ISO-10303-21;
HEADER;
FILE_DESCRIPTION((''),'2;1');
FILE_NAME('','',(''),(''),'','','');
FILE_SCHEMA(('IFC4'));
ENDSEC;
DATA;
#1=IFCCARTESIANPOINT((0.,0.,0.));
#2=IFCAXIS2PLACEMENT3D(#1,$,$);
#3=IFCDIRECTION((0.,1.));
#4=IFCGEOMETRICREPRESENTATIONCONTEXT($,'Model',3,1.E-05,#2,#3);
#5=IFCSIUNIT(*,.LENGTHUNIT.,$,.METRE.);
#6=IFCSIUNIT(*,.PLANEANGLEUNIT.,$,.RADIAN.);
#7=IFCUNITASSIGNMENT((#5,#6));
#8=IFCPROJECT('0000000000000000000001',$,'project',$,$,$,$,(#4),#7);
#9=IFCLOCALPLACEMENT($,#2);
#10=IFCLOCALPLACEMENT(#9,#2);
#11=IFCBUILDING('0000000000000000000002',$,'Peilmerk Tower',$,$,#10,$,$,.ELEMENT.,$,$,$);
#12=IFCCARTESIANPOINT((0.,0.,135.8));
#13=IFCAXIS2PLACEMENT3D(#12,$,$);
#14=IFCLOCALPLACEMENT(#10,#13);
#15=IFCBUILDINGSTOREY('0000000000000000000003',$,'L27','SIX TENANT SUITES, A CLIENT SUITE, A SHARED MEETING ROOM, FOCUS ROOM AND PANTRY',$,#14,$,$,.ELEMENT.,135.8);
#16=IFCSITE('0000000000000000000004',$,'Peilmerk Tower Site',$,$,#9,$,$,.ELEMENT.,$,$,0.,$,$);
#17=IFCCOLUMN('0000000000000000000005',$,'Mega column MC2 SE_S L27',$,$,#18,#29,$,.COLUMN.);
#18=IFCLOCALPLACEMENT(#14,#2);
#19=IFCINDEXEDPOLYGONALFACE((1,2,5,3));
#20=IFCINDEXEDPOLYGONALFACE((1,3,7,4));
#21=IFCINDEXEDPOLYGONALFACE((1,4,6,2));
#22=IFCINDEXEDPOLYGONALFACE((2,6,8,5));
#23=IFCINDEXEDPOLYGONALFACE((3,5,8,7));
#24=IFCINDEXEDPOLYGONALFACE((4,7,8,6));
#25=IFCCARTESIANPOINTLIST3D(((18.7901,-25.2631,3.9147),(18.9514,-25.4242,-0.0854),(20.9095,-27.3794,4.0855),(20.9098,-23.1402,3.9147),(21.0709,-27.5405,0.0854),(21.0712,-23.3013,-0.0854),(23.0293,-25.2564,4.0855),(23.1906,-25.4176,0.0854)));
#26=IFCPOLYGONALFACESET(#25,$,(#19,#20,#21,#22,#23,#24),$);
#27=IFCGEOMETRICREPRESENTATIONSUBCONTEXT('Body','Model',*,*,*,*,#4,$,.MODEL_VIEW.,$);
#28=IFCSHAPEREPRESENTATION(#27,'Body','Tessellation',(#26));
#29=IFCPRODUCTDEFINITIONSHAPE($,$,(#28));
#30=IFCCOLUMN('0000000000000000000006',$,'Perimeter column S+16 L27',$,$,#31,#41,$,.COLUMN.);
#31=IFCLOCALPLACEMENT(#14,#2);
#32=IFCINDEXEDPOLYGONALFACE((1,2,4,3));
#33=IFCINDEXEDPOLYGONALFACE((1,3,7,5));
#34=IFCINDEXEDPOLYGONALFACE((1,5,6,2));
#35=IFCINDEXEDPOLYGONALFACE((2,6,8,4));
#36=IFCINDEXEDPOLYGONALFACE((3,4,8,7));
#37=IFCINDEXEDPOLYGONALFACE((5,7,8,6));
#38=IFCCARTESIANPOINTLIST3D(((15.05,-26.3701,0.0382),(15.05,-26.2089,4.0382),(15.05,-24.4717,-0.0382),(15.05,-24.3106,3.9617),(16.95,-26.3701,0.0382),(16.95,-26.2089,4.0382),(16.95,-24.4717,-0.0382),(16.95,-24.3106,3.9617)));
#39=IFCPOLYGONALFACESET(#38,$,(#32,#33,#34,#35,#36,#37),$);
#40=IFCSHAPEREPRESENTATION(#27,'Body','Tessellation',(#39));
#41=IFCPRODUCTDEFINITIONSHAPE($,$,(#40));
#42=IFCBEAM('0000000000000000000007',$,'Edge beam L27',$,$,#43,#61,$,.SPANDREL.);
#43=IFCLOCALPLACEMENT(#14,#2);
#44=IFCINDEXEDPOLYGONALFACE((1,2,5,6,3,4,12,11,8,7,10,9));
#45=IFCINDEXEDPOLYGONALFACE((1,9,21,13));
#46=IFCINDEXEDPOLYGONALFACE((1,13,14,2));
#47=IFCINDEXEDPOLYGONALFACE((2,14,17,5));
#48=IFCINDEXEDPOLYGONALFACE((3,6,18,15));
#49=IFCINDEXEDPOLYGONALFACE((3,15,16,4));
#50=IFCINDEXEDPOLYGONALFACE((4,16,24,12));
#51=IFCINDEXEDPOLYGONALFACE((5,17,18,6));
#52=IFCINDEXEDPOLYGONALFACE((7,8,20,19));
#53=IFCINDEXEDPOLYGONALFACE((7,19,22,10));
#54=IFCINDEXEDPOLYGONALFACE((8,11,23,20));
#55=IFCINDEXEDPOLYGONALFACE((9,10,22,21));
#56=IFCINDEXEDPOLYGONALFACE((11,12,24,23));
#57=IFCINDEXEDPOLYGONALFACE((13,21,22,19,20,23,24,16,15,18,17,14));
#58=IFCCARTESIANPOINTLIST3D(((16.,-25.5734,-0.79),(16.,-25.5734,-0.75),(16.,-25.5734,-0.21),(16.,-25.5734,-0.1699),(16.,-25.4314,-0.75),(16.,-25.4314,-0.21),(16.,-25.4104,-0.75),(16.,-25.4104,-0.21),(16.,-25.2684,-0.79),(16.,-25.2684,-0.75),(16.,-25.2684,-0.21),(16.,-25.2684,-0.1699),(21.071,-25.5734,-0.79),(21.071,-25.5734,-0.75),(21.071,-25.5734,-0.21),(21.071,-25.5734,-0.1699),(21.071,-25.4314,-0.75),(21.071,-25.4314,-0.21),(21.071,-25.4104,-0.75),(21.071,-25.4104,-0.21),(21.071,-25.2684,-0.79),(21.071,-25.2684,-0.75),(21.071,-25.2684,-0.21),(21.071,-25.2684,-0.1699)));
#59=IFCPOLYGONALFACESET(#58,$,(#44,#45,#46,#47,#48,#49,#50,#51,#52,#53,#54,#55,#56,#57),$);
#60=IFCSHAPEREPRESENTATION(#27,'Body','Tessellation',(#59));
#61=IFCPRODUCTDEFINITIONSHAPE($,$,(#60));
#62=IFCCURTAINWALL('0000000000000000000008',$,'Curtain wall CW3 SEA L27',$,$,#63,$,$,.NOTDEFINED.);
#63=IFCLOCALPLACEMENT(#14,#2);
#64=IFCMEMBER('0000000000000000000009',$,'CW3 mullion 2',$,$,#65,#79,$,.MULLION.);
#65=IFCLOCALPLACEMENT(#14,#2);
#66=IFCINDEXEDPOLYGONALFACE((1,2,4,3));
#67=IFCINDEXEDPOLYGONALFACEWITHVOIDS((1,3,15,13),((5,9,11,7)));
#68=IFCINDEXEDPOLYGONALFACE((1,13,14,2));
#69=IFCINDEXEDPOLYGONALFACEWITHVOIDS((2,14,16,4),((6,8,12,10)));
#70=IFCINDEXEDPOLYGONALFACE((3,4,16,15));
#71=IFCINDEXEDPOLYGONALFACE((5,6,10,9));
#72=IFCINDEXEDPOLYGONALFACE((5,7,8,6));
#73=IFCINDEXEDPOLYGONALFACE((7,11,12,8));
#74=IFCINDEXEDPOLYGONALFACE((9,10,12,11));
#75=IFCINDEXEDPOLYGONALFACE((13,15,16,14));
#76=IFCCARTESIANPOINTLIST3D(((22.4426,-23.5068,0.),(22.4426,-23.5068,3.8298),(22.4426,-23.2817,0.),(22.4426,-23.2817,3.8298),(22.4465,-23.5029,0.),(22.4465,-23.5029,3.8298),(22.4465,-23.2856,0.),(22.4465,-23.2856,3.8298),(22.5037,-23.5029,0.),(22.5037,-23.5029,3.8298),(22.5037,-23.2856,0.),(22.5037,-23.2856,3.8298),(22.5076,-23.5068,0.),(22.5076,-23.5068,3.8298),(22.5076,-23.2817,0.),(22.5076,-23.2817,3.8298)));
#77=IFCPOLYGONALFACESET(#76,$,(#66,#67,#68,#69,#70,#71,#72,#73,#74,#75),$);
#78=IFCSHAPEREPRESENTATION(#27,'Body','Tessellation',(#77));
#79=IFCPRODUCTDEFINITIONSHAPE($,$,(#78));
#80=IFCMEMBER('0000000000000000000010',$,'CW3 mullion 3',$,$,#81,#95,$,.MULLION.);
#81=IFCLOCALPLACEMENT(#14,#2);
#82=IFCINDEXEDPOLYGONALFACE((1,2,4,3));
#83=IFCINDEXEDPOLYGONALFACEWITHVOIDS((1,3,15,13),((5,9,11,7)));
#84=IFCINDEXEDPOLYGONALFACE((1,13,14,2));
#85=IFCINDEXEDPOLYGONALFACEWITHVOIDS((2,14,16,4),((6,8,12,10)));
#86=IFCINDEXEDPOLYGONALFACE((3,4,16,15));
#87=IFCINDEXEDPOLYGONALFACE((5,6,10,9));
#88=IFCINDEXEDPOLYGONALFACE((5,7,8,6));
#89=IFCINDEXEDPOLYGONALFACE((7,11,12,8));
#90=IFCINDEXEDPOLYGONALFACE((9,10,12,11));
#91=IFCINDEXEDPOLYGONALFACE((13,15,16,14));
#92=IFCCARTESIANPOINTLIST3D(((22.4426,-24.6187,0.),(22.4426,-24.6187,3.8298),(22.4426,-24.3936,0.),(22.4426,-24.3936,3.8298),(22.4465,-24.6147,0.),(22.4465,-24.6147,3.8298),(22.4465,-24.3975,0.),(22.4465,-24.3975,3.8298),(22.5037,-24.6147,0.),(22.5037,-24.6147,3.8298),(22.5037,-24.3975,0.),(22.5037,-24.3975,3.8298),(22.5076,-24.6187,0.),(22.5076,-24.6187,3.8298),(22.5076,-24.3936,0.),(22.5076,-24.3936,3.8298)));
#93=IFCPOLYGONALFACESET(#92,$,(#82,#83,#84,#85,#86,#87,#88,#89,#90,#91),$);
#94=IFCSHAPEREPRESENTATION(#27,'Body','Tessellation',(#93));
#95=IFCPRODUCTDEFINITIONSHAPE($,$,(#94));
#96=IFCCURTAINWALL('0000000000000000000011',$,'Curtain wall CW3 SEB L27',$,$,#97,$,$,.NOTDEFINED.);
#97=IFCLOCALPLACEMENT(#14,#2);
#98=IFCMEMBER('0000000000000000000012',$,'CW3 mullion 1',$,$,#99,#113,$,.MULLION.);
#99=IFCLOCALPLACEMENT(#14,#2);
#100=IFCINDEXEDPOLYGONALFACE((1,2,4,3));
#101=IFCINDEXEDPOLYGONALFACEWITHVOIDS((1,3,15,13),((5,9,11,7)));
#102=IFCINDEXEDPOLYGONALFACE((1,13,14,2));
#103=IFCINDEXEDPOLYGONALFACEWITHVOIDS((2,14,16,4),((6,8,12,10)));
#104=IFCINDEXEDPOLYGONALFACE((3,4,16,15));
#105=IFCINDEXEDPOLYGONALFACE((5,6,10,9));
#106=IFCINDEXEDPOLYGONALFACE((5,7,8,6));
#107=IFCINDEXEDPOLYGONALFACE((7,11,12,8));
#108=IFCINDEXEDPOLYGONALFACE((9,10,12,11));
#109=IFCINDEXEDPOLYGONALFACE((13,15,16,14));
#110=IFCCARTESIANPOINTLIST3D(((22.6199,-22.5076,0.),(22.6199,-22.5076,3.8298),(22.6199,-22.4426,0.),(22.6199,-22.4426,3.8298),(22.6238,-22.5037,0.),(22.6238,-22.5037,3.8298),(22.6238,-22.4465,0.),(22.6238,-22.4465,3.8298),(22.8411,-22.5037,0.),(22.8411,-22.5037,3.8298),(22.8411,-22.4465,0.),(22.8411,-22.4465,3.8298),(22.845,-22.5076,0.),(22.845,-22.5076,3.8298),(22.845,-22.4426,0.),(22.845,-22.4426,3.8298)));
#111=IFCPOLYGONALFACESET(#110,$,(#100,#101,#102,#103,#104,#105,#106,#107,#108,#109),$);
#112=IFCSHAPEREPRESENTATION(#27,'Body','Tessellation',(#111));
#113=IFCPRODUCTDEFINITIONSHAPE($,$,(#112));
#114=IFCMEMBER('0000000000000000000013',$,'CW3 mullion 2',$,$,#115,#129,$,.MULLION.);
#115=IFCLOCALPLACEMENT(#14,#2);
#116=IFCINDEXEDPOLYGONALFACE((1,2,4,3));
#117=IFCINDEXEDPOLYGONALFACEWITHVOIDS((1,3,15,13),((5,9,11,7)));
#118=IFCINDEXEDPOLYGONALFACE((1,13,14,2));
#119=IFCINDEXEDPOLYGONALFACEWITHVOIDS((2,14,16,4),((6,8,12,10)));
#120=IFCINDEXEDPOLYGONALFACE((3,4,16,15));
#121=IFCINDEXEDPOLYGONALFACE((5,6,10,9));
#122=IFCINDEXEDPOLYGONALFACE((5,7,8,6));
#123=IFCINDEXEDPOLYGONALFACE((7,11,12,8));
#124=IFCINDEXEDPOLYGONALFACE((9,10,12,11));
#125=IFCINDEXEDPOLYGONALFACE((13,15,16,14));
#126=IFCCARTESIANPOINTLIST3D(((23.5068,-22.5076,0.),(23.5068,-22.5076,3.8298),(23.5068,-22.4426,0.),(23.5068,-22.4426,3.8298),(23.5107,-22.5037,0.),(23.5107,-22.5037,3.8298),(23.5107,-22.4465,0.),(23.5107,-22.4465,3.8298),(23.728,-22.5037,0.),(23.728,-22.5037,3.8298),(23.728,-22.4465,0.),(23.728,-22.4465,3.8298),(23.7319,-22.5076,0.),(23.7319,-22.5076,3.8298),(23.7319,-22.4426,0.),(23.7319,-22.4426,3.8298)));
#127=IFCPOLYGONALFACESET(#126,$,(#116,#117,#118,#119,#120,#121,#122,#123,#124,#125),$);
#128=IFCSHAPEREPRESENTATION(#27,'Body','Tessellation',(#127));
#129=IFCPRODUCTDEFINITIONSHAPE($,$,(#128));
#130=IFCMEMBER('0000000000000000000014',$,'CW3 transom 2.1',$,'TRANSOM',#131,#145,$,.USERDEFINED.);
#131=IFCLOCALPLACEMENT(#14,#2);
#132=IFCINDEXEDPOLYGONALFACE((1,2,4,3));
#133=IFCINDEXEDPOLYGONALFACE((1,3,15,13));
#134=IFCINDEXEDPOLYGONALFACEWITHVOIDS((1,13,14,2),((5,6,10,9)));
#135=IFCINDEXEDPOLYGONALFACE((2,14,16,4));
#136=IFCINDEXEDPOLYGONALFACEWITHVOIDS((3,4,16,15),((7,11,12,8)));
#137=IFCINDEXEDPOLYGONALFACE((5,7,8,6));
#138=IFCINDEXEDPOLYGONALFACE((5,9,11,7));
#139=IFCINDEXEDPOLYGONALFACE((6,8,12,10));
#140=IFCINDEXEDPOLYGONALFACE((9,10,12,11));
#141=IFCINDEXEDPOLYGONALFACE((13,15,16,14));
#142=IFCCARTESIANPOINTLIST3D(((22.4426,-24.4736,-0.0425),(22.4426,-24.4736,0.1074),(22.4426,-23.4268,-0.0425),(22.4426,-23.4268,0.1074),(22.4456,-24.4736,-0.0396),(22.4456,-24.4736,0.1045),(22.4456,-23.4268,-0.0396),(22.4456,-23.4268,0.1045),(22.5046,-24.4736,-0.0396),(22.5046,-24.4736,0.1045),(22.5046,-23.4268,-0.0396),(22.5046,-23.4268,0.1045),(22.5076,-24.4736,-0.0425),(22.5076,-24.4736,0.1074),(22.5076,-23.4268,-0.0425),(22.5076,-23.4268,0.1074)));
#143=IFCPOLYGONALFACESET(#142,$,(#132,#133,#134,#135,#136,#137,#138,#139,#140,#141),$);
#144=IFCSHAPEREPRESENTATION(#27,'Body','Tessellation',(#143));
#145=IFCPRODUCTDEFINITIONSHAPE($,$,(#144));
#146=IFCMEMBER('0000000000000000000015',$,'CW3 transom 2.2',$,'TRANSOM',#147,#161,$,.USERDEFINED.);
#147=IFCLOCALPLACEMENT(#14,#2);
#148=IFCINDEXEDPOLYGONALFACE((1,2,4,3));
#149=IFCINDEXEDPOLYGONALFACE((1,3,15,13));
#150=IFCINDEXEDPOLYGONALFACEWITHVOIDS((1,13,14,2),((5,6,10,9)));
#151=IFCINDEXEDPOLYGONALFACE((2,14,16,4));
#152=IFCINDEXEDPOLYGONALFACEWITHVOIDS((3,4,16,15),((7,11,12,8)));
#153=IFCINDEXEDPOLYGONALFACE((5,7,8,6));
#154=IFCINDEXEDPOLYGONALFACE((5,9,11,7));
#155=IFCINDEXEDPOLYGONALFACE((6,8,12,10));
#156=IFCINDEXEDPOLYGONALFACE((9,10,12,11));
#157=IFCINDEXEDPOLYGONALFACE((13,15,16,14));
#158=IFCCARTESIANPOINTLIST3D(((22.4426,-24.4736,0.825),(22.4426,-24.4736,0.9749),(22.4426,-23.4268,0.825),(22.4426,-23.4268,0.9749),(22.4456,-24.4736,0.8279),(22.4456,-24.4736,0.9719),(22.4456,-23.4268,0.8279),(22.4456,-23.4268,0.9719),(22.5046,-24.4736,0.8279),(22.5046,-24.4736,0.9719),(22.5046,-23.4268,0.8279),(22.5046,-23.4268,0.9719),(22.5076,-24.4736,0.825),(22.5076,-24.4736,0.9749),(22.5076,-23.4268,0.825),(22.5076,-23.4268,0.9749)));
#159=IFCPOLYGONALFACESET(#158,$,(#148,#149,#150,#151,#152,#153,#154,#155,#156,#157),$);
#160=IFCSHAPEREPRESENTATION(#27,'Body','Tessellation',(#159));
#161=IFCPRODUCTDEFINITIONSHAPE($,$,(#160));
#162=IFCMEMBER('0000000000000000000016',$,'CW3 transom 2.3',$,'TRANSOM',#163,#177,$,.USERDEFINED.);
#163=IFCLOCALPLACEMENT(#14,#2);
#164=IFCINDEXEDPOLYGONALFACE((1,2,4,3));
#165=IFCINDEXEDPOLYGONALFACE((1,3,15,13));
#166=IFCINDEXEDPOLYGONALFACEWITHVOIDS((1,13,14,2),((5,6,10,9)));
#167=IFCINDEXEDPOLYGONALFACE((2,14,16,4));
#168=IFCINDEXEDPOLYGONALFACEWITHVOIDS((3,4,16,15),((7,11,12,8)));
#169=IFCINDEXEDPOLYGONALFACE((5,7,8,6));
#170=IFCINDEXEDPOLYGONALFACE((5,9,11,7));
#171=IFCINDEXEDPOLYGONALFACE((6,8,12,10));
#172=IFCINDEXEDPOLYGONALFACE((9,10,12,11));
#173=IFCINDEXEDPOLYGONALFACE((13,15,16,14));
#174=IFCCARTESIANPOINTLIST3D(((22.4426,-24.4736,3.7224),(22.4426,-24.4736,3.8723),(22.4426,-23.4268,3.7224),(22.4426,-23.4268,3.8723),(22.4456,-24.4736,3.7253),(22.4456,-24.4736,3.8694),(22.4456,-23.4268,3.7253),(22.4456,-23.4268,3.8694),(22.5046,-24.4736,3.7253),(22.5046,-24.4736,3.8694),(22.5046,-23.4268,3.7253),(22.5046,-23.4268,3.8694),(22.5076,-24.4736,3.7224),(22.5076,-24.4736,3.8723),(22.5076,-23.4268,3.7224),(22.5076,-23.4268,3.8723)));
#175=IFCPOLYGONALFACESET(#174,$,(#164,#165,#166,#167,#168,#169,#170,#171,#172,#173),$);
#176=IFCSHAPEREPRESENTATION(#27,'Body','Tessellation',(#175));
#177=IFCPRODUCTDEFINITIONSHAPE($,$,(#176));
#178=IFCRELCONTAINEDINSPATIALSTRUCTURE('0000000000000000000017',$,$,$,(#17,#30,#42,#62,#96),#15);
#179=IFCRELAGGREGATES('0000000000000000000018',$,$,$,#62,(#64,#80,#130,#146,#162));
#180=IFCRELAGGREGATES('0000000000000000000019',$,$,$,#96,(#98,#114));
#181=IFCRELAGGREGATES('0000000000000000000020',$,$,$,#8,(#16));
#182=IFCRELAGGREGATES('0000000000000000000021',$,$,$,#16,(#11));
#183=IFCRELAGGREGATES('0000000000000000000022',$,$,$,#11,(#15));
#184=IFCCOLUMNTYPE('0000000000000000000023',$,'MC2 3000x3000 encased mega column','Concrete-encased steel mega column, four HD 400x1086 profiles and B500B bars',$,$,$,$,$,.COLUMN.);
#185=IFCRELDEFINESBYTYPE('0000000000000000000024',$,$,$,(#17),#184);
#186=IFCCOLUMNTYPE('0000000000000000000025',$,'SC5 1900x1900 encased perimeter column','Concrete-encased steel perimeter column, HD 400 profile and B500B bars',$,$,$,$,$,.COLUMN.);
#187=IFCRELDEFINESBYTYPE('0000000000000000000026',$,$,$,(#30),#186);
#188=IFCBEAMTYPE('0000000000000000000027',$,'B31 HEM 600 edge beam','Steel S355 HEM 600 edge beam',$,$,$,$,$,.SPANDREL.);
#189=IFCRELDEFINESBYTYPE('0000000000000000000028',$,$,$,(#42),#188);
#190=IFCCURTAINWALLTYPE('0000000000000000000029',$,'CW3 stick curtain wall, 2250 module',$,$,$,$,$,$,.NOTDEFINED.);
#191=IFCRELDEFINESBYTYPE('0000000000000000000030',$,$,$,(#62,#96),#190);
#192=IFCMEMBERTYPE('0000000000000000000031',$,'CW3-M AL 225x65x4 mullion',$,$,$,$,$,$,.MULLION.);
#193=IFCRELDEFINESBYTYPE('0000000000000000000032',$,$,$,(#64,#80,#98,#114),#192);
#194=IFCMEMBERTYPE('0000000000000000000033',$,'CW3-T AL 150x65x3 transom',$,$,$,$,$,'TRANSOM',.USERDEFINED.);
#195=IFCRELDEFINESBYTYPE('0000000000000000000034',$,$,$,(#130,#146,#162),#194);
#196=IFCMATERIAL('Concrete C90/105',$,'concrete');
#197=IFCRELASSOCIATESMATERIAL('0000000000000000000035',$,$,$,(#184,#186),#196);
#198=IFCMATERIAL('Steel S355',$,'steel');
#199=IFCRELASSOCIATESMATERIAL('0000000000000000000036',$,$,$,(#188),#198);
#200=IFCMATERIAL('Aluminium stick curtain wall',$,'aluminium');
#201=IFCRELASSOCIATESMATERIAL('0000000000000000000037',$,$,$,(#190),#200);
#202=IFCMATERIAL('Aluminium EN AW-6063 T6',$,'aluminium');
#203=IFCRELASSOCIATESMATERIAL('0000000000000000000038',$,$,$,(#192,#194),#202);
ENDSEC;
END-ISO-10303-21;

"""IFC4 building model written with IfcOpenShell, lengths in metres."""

from ifc_helpers import new_model, si_unit, direction, frame, origin, origin_2d, place, context, subcontext, project, spatial, rectangle, hollow_rectangle, i_section, extrude, material, material_profile, profile_set, type_object, element, aggregate, save


model = new_model("IFC4")

# Units and contexts
model_context = context("Model", 3, precision=1e-05, world=origin(), true_north=direction((0.0, 1.0)))
body_context = subcontext(model_context, "Body", "Model", "MODEL_VIEW")
ifc_project = project(units=[si_unit("LENGTHUNIT", "METRE"), si_unit("PLANEANGLEUNIT", "RADIAN")], contexts=[model_context])

# Site, building, storey
site_placement = place(None, origin())
site = spatial("IfcSite", under=ifc_project, at=site_placement, Name="Peilmerk Tower Site", CompositionType="ELEMENT", RefElevation=0.0)
building_placement = place(site_placement, origin())
building = spatial("IfcBuilding", under=site, at=building_placement, Name="Peilmerk Tower", CompositionType="ELEMENT")
storey_placement = place(building_placement, frame((0.0, 0.0, 135.8)))
storey = spatial("IfcBuildingStorey", under=building, at=storey_placement, Name="L27", Description="SIX TENANT SUITES, A CLIENT SUITE, A SHARED MEETING ROOM, FOCUS ROOM AND PANTRY", CompositionType="ELEMENT", Elevation=135.8)

# Columns
ifc_material_1 = material(Name="Concrete C90/105", Category="concrete")
ifc_material_profile_1 = material_profile(ifc_material_1, rectangle(XDim=3.0, YDim=3.0, at=origin_2d()), Name="RC 3000x3000")
ifc_profile_set_1 = profile_set([ifc_material_profile_1], Name="Concrete C90/105")
column_type_1 = type_object("IfcColumnType", Name="MC2 3000x3000 encased mega column", Description="Concrete-encased steel mega column, four HD 400x1086 profiles and B500B bars", PredefinedType="COLUMN", material=ifc_profile_set_1)
column_1_placement = place(storey_placement, frame((21.071, -25.4209, 0.0), z_axis=(-0.040279, 0.040218, 0.998379), x_axis=(-0.706571, -0.707642, 0.0)))
element("IfcColumn", 1, at=column_1_placement, inside=storey, type_object=column_type_1, Name="Mega column MC2 SE_S L27", PredefinedType="COLUMN", context=body_context, shape_type="SweptSolid", body=[
    extrude(rectangle(XDim=3.0, YDim=3.0, at=origin_2d()), origin(), (0.0, 0.0, 1.0), 4.0066),
])
ifc_material_profile_2 = material_profile(ifc_material_1, rectangle(XDim=1.8999, YDim=1.8999, at=origin_2d()), Name="RC 1900x1900")
ifc_profile_set_2 = profile_set([ifc_material_profile_2], Name="Concrete C90/105")
column_type_2 = type_object("IfcColumnType", Name="SC5 1900x1900 encased perimeter column", Description="Concrete-encased steel perimeter column, HD 400 profile and B500B bars", PredefinedType="COLUMN", material=ifc_profile_set_2)
column_2_placement = place(storey_placement, frame((16.0, -25.4209, 0.0), z_axis=(0.0, 0.040251, 0.99919), x_axis=(-1.0, 0.0, 0.0)))
element("IfcColumn", 2, at=column_2_placement, inside=storey, type_object=column_type_2, Name="Perimeter column S+16 L27", PredefinedType="COLUMN", context=body_context, shape_type="SweptSolid", body=[
    extrude(rectangle(XDim=1.8999, YDim=1.8999, at=origin_2d()), origin(), (0.0, 0.0, 1.0), 4.0032),
])

# Beam
ifc_material_2 = material(Name="Steel S355", Category="steel")
ifc_material_profile_3 = material_profile(ifc_material_2, i_section(OverallWidth=0.3049, OverallDepth=0.6201, WebThickness=0.021, FlangeThickness=0.04, at=origin_2d()), Name="HEM 600")
ifc_profile_set_3 = profile_set([ifc_material_profile_3], Name="Steel S355")
beam_type = type_object("IfcBeamType", Name="B31 HEM 600 edge beam", Description="Steel S355 HEM 600 edge beam", PredefinedType="SPANDREL", material=ifc_profile_set_3)
beam_placement = place(storey_placement, frame((16.0, -25.4209, -0.48), z_axis=(1.0, 0.0, 0.0), x_axis=(0.0, 1.0, 0.0)))
element("IfcBeam", 3, at=beam_placement, inside=storey, type_object=beam_type, Name="Edge beam L27", PredefinedType="SPANDREL", context=body_context, shape_type="SweptSolid", body=[
    extrude(i_section(OverallWidth=0.3049, OverallDepth=0.6201, WebThickness=0.021, FlangeThickness=0.04, at=origin_2d()), origin(), (0.0, 0.0, 1.0), 5.071),
])

# Curtain walls, members
ifc_material_3 = material(Name="Aluminium stick curtain wall", Category="aluminium")
curtain_wall_type = type_object("IfcCurtainWallType", Name="CW3 stick curtain wall, 2250 module", PredefinedType="NOTDEFINED", material=ifc_material_3)
curtain_wall_1_placement = place(storey_placement, origin())
curtain_wall_1 = element("IfcCurtainWall", 4, at=curtain_wall_1_placement, inside=storey, type_object=curtain_wall_type, Name="Curtain wall CW3 SEA L27", PredefinedType="NOTDEFINED")
ifc_material_4 = material(Name="Aluminium EN AW-6063 T6", Category="aluminium")
ifc_material_profile_4 = material_profile(ifc_material_4, hollow_rectangle(XDim=0.0649, YDim=0.2251, WallThickness=0.0039, at=origin_2d()), Name="AL 225x65x4")
ifc_profile_set_4 = profile_set([ifc_material_profile_4], Name="Aluminium EN AW-6063 T6")
member_type_1 = type_object("IfcMemberType", Name="CW3-M AL 225x65x4 mullion", PredefinedType="MULLION", material=ifc_profile_set_4)
member_1_placement = place(storey_placement, frame((22.4751, -23.3943, 0.0), z_axis=(0.0, 0.0, 1.0), x_axis=(1.0, 0.0, 0.0)))
member_1 = element("IfcMember", 5, at=member_1_placement, type_object=member_type_1, Name="CW3 mullion 2", PredefinedType="MULLION", context=body_context, shape_type="SweptSolid", body=[
    extrude(hollow_rectangle(XDim=0.0649, YDim=0.2251, WallThickness=0.0039, at=origin_2d()), origin(), (0.0, 0.0, 1.0), 3.8298),
])
member_2_placement = place(storey_placement, frame((22.4751, -24.5061, 0.0), z_axis=(0.0, 0.0, 1.0), x_axis=(1.0, 0.0, 0.0)))
member_2 = element("IfcMember", 6, at=member_2_placement, type_object=member_type_1, Name="CW3 mullion 3", PredefinedType="MULLION", context=body_context, shape_type="SweptSolid", body=[
    extrude(hollow_rectangle(XDim=0.0649, YDim=0.2251, WallThickness=0.0039, at=origin_2d()), origin(), (0.0, 0.0, 1.0), 3.8298),
])
curtain_wall_2_placement = place(storey_placement, origin())
curtain_wall_2 = element("IfcCurtainWall", 7, at=curtain_wall_2_placement, inside=storey, type_object=curtain_wall_type, Name="Curtain wall CW3 SEB L27", PredefinedType="NOTDEFINED")
member_3_placement = place(storey_placement, frame((22.7324, -22.4751, 0.0), z_axis=(0.0, 0.0, 1.0), x_axis=(0.0, 1.0, 0.0)))
member_3 = element("IfcMember", 8, at=member_3_placement, type_object=member_type_1, Name="CW3 mullion 1", PredefinedType="MULLION", context=body_context, shape_type="SweptSolid", body=[
    extrude(hollow_rectangle(XDim=0.0649, YDim=0.2251, WallThickness=0.0039, at=origin_2d()), origin(), (0.0, 0.0, 1.0), 3.8298),
])
member_4_placement = place(storey_placement, frame((23.6194, -22.4751, 0.0), z_axis=(0.0, 0.0, 1.0), x_axis=(0.0, 1.0, 0.0)))
member_4 = element("IfcMember", 9, at=member_4_placement, type_object=member_type_1, Name="CW3 mullion 2", PredefinedType="MULLION", context=body_context, shape_type="SweptSolid", body=[
    extrude(hollow_rectangle(XDim=0.0649, YDim=0.2251, WallThickness=0.0039, at=origin_2d()), origin(), (0.0, 0.0, 1.0), 3.8298),
])

# Members
ifc_material_profile_5 = material_profile(ifc_material_4, hollow_rectangle(XDim=0.0649, YDim=0.1499, WallThickness=0.0029, at=origin_2d()), Name="AL 150x65x3")
ifc_profile_set_5 = profile_set([ifc_material_profile_5], Name="Aluminium EN AW-6063 T6")
member_type_2 = type_object("IfcMemberType", Name="CW3-T AL 150x65x3 transom", ElementType="TRANSOM", PredefinedType="USERDEFINED", material=ifc_profile_set_5)
member_5_placement = place(storey_placement, frame((22.4751, -23.4268, 0.0325), z_axis=(0.0, -1.0, 0.0), x_axis=(1.0, 0.0, 0.0)))
member_5 = element("IfcMember", 10, at=member_5_placement, type_object=member_type_2, Name="CW3 transom 2.1", ObjectType="TRANSOM", PredefinedType="USERDEFINED", context=body_context, shape_type="SweptSolid", body=[
    extrude(hollow_rectangle(XDim=0.0649, YDim=0.1499, WallThickness=0.0029, at=origin_2d()), origin(), (0.0, 0.0, 1.0), 1.0469),
])
member_6_placement = place(storey_placement, frame((22.4751, -23.4268, 0.8999), z_axis=(0.0, -1.0, 0.0), x_axis=(1.0, 0.0, 0.0)))
member_6 = element("IfcMember", 11, at=member_6_placement, type_object=member_type_2, Name="CW3 transom 2.2", ObjectType="TRANSOM", PredefinedType="USERDEFINED", context=body_context, shape_type="SweptSolid", body=[
    extrude(hollow_rectangle(XDim=0.0649, YDim=0.1499, WallThickness=0.0029, at=origin_2d()), origin(), (0.0, 0.0, 1.0), 1.0469),
])
member_7_placement = place(storey_placement, frame((22.4751, -23.4268, 3.7974), z_axis=(0.0, -1.0, 0.0), x_axis=(1.0, 0.0, 0.0)))
member_7 = element("IfcMember", 12, at=member_7_placement, type_object=member_type_2, Name="CW3 transom 2.3", ObjectType="TRANSOM", PredefinedType="USERDEFINED", context=body_context, shape_type="SweptSolid", body=[
    extrude(hollow_rectangle(XDim=0.0649, YDim=0.1499, WallThickness=0.0029, at=origin_2d()), origin(), (0.0, 0.0, 1.0), 1.0469),
])

aggregate(curtain_wall_1, [member_1, member_2, member_5, member_6, member_7])
aggregate(curtain_wall_2, [member_3, member_4])

save(model, "model.ifc")
